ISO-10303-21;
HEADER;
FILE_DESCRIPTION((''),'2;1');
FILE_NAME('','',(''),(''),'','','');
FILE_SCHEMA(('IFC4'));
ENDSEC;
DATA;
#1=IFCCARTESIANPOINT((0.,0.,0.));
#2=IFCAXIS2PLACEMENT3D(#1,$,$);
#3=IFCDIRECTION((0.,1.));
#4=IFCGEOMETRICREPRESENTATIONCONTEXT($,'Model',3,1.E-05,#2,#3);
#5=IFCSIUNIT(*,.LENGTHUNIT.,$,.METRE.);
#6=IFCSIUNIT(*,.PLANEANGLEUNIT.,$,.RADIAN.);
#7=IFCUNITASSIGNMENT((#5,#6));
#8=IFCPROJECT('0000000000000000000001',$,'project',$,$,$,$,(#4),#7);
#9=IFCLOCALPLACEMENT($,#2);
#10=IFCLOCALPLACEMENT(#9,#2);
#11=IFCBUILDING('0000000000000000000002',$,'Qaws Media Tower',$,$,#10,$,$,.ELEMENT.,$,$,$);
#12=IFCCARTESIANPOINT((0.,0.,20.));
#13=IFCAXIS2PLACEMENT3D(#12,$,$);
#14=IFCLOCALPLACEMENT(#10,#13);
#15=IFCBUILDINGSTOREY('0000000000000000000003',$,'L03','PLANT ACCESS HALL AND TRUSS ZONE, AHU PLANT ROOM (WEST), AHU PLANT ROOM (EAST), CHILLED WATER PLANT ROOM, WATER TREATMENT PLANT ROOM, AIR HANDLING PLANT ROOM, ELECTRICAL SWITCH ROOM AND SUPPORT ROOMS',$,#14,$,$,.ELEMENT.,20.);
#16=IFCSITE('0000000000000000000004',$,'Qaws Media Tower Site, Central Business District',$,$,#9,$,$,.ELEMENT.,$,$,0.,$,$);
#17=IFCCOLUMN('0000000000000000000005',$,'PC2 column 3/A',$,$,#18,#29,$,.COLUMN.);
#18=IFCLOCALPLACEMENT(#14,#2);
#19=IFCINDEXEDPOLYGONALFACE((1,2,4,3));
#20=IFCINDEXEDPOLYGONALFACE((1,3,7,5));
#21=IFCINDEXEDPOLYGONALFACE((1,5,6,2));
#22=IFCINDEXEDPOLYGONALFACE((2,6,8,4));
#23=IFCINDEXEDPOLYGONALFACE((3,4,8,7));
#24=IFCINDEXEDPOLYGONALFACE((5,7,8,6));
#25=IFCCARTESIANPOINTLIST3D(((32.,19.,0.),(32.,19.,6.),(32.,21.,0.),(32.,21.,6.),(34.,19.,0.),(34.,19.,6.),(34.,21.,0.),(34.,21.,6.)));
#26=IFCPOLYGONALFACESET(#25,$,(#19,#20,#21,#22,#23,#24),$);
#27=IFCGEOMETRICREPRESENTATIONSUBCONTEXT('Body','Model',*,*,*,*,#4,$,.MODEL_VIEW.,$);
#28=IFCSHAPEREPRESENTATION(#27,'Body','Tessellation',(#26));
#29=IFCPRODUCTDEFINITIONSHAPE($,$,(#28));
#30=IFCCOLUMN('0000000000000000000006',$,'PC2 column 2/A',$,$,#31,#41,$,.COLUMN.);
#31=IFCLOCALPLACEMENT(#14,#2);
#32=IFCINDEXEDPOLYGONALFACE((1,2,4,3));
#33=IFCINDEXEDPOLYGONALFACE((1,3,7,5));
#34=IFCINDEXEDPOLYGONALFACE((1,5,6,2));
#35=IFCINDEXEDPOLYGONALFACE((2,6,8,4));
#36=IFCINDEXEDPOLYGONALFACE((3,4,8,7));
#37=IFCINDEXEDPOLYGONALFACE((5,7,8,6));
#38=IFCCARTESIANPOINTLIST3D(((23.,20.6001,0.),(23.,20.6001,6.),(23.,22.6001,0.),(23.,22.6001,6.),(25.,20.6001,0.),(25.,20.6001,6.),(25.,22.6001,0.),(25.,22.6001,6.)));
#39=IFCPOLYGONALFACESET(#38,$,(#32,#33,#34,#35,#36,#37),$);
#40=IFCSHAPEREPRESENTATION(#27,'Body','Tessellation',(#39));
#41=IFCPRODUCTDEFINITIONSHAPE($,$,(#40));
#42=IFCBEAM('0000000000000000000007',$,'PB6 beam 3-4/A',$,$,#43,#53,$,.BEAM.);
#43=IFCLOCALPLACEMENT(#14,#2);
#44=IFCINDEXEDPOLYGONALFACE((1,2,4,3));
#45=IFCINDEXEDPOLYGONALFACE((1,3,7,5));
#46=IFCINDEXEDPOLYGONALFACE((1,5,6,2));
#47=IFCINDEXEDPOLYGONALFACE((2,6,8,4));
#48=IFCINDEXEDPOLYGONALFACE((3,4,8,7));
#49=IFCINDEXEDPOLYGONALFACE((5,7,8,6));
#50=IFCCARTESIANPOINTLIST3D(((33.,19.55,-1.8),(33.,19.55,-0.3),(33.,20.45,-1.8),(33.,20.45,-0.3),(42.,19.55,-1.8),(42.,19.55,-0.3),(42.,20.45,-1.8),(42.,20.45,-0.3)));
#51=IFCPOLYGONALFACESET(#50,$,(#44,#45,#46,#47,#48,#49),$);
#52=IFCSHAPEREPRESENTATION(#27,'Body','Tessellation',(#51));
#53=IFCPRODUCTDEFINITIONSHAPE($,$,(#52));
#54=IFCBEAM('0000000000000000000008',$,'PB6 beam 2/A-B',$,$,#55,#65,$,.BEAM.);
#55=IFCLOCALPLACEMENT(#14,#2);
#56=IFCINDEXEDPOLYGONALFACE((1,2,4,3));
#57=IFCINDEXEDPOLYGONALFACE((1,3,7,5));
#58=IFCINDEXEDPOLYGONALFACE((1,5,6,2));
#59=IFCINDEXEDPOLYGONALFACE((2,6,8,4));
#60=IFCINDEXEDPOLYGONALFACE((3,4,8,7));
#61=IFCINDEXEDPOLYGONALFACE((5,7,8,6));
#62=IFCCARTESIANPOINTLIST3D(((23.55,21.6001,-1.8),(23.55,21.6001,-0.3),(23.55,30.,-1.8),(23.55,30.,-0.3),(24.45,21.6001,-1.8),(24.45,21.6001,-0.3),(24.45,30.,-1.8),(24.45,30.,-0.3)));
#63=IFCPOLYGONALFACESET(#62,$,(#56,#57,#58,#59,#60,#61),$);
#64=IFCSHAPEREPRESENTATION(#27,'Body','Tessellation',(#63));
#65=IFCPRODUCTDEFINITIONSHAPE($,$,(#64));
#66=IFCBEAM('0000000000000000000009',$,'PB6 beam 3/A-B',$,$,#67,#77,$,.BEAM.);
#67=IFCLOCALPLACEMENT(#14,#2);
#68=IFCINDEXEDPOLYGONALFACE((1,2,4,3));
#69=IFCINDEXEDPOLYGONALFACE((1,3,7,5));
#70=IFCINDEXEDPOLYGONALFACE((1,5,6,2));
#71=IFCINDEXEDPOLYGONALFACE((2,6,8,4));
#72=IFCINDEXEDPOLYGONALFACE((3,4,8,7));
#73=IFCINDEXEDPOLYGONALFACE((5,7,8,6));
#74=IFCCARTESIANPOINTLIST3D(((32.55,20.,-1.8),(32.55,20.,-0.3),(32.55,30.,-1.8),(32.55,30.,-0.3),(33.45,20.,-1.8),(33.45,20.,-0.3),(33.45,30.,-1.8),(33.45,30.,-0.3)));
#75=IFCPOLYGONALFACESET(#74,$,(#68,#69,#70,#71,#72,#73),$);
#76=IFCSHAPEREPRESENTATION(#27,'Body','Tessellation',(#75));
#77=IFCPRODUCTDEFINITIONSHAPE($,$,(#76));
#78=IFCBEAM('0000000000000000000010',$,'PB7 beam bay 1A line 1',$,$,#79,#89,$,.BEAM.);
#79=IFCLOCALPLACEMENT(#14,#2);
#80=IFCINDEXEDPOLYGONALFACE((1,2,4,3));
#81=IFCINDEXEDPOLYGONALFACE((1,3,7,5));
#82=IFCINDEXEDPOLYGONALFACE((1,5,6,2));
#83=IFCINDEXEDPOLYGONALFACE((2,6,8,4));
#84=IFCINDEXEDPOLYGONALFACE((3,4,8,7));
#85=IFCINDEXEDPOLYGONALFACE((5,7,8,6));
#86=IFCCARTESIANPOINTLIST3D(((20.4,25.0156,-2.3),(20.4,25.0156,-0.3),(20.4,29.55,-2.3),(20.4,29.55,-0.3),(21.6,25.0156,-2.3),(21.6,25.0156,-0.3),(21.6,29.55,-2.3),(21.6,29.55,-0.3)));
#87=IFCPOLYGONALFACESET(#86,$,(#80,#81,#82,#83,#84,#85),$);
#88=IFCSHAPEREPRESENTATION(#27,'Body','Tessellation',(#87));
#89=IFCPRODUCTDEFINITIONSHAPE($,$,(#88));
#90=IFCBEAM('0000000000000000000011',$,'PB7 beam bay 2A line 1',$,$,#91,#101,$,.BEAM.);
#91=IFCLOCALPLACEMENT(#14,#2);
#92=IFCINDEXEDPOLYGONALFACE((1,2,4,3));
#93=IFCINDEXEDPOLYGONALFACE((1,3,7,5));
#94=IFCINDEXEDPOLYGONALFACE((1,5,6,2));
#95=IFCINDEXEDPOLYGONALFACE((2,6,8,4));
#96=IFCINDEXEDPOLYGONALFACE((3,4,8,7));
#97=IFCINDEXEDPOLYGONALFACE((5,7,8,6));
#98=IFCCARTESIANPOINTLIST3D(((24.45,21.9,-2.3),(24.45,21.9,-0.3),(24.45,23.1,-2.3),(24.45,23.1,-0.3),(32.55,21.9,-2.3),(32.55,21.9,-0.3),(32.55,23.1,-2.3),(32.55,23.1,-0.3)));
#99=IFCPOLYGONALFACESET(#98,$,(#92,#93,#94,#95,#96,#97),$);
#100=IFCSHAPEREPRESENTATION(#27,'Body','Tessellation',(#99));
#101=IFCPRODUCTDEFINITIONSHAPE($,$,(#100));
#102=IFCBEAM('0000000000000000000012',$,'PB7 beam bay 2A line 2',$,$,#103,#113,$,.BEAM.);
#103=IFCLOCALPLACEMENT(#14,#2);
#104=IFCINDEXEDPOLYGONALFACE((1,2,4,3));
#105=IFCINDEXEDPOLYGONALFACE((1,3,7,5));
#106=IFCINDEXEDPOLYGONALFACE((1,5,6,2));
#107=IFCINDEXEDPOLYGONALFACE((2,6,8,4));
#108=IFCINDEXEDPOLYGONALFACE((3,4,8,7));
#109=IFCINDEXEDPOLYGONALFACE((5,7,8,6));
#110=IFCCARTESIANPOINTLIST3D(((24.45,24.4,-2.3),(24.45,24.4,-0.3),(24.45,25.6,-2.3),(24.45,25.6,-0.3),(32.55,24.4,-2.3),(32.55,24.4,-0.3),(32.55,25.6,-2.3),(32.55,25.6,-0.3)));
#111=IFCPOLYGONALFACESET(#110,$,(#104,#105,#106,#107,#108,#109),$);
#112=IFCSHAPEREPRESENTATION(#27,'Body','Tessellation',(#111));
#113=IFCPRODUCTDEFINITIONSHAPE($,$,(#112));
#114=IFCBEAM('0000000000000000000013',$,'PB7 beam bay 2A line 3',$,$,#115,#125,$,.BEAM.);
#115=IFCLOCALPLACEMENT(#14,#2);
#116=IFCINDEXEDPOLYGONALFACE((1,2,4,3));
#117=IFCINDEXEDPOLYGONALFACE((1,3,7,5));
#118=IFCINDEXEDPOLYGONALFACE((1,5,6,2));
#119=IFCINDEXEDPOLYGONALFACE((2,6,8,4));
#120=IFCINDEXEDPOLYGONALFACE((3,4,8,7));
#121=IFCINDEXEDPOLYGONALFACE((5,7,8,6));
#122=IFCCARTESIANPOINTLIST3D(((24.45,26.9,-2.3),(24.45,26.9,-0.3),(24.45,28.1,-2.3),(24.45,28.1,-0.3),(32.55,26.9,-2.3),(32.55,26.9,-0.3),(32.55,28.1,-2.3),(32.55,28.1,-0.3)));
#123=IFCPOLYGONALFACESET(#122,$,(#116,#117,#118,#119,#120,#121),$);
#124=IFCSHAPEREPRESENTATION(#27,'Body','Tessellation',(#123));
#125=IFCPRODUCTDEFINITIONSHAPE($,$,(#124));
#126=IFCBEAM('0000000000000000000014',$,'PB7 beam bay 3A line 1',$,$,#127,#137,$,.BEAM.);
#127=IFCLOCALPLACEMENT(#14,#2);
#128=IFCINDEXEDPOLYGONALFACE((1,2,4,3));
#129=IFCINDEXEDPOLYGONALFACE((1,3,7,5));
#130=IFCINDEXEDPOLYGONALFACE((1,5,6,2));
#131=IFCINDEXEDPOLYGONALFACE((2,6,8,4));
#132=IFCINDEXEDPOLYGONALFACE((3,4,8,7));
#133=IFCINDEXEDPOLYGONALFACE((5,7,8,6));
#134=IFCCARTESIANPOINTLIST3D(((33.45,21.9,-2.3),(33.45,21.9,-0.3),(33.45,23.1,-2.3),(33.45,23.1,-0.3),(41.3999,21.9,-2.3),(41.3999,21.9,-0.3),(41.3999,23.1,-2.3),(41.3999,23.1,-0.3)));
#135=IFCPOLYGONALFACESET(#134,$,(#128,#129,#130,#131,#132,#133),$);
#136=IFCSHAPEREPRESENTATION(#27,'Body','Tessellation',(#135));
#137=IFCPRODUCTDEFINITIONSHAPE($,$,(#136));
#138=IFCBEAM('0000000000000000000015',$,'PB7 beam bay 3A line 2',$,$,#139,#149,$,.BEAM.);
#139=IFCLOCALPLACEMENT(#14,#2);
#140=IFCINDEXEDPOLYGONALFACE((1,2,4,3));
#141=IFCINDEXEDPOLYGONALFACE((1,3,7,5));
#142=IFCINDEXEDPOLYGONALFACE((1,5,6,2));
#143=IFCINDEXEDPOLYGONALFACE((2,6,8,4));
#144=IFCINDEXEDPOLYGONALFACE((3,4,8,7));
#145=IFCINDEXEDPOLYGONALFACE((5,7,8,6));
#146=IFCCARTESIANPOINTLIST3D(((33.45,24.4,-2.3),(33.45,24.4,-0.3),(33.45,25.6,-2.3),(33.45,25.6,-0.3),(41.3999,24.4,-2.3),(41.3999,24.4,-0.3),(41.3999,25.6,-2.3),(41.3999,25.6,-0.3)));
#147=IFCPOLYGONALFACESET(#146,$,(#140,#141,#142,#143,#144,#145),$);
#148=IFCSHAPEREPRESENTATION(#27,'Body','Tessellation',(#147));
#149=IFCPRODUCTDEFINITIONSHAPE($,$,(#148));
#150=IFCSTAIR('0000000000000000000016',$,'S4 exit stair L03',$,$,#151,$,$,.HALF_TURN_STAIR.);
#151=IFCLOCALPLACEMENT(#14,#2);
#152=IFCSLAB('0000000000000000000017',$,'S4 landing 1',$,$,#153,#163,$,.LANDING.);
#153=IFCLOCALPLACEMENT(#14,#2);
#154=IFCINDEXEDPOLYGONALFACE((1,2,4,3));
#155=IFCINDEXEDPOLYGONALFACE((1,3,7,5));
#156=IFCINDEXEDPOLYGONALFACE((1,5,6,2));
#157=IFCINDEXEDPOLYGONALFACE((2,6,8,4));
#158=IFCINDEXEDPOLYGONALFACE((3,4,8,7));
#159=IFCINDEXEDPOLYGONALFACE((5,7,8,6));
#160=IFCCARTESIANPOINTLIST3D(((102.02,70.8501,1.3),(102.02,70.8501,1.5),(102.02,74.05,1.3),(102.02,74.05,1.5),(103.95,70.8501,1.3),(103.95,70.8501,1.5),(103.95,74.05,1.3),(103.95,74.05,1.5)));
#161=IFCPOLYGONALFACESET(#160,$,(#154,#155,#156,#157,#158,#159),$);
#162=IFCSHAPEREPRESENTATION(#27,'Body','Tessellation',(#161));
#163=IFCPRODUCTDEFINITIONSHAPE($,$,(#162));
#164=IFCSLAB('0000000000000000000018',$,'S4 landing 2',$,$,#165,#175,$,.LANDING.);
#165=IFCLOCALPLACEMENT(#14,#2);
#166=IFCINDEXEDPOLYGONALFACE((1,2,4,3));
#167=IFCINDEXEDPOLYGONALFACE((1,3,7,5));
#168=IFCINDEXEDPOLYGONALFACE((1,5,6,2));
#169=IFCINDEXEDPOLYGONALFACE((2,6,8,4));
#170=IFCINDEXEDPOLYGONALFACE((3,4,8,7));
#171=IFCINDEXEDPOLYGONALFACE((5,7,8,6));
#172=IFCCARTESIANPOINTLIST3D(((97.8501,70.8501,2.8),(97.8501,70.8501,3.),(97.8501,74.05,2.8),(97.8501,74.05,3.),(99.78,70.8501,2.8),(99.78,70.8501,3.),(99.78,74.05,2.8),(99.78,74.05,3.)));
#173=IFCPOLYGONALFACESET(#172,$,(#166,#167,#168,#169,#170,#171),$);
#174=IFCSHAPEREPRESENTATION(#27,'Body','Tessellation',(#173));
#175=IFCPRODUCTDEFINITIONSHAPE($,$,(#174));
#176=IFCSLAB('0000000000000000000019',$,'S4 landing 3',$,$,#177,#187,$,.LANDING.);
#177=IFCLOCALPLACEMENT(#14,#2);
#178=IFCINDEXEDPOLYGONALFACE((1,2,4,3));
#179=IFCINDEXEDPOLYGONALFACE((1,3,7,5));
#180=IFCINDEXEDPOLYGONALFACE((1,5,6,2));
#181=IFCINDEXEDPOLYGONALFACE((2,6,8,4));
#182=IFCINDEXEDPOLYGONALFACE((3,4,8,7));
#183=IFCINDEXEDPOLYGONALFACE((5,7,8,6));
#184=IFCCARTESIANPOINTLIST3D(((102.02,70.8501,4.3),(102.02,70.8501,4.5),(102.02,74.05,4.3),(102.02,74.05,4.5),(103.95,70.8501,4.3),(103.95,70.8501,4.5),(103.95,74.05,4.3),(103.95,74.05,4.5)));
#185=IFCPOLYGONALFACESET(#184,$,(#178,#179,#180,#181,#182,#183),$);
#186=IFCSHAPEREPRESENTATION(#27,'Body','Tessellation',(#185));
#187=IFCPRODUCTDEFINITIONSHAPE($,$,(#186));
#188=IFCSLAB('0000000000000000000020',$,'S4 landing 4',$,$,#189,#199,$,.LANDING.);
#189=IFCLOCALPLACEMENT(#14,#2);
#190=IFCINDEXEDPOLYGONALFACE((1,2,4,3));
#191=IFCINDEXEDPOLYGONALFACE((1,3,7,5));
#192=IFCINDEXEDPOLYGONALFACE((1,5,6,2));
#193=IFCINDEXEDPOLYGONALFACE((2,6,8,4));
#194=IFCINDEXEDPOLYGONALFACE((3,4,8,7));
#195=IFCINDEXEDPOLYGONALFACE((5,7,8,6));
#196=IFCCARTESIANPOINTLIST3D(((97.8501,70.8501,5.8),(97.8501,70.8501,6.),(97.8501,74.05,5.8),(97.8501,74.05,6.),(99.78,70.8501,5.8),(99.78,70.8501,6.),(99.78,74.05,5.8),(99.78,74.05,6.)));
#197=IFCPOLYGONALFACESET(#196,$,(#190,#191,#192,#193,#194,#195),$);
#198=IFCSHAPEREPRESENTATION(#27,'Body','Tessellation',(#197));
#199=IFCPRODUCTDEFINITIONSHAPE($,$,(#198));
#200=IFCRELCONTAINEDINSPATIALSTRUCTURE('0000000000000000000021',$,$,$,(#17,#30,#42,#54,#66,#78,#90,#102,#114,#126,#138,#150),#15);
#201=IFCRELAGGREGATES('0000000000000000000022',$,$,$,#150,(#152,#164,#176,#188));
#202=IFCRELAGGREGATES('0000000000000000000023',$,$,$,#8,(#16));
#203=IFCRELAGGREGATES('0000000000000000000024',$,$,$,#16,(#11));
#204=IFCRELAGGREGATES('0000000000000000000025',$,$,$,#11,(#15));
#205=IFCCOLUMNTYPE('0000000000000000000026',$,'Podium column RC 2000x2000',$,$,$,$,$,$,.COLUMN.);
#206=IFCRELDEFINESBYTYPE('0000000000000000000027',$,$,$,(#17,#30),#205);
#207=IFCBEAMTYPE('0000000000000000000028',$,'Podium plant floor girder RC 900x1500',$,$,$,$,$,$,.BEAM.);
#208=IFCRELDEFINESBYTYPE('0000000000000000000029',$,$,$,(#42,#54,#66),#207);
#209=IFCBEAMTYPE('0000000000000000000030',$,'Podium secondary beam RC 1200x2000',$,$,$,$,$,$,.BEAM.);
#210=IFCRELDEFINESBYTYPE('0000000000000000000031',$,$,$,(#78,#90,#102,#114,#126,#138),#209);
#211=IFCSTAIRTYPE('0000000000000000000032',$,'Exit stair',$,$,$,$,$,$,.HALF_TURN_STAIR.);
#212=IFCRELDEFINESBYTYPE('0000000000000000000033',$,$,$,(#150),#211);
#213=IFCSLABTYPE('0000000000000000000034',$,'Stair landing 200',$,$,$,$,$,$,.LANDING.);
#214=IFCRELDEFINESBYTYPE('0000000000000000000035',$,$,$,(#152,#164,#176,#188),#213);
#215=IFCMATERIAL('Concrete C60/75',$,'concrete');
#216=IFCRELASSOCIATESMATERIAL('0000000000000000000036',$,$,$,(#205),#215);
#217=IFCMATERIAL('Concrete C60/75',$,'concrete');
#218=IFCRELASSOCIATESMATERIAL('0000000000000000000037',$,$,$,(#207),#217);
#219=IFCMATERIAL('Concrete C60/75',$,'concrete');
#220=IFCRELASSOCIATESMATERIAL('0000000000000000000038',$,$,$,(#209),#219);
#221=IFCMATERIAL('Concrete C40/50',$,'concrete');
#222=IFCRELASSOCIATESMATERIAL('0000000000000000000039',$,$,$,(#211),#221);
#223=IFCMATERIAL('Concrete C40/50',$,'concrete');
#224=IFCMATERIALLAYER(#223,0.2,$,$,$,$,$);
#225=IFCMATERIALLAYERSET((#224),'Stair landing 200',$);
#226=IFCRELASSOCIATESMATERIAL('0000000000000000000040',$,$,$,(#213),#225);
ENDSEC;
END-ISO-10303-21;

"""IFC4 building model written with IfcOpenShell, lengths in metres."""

from ifc_helpers import new_model, si_unit, direction, frame, origin, origin_2d, place, context, subcontext, project, spatial, polyline, rectangle, outline, extrude, material, layer, layer_set, material_profile, profile_set, type_object, element, aggregate, save


model = new_model("IFC4")

# Units and contexts
model_context = context("Model", 3, precision=1e-05, world=origin(), true_north=direction((0.0, 1.0)))
body_context = subcontext(model_context, "Body", "Model", "MODEL_VIEW")
ifc_project = project(units=[si_unit("LENGTHUNIT", "METRE"), si_unit("PLANEANGLEUNIT", "RADIAN")], contexts=[model_context])

# Site, building, storey
site_placement = place(None, origin())
site = spatial("IfcSite", under=ifc_project, at=site_placement, Name="Qaws Media Tower Site, Central Business District", CompositionType="ELEMENT", RefElevation=0.0)
building_placement = place(site_placement, origin())
building = spatial("IfcBuilding", under=site, at=building_placement, Name="Qaws Media Tower", CompositionType="ELEMENT")
storey_placement = place(building_placement, frame((0.0, 0.0, 20.0)))
storey = spatial("IfcBuildingStorey", under=building, at=storey_placement, Name="L03", Description="PLANT ACCESS HALL AND TRUSS ZONE, AHU PLANT ROOM (WEST), AHU PLANT ROOM (EAST), CHILLED WATER PLANT ROOM, WATER TREATMENT PLANT ROOM, AIR HANDLING PLANT ROOM, ELECTRICAL SWITCH ROOM AND SUPPORT ROOMS", CompositionType="ELEMENT", Elevation=20.0)

# Columns
ifc_material_1 = material(Name="Concrete C60/75", Category="concrete")
ifc_material_profile_1 = material_profile(ifc_material_1, rectangle(XDim=2.0, YDim=2.0, at=origin_2d()), Name="RC 2000x2000")
ifc_profile_set_1 = profile_set([ifc_material_profile_1], Name="Concrete C60/75")
column_type = type_object("IfcColumnType", Name="Podium column RC 2000x2000", PredefinedType="COLUMN", material=ifc_profile_set_1)
for number, where, z_axis, x_axis, name in (
    (1, (33.0, 20.0, 0.0), (0.0, 0.0, 1.0), (1.0, 0.0, 0.0), "PC2 column 3/A"),
    (2, (24.0, 21.6001, 0.0), (0.0, 0.0, 1.0), (1.0, 0.0, 0.0), "PC2 column 2/A"),
):
    element("IfcColumn", number, at=place(storey_placement, frame(where, z_axis=z_axis, x_axis=x_axis)), inside=storey, type_object=column_type, Name=name, PredefinedType="COLUMN", context=body_context, shape_type="SweptSolid", body=[
        extrude(rectangle(XDim=2.0, YDim=2.0, at=origin_2d()), origin(), (0.0, 0.0, 1.0), 6.0),
    ])

# Beams
ifc_material_2 = material(Name="Concrete C60/75", Category="concrete")
ifc_material_profile_2 = material_profile(ifc_material_2, rectangle(XDim=0.8999, YDim=1.5, at=origin_2d()), Name="RC 900x1500")
ifc_profile_set_2 = profile_set([ifc_material_profile_2], Name="Concrete C60/75")
beam_type_1 = type_object("IfcBeamType", Name="Podium plant floor girder RC 900x1500", PredefinedType="BEAM", material=ifc_profile_set_2)
beam_1_placement = place(storey_placement, frame((33.0, 20.0, -1.05), z_axis=(1.0, 0.0, 0.0), x_axis=(0.0, 1.0, 0.0)))
element("IfcBeam", 3, at=beam_1_placement, inside=storey, type_object=beam_type_1, Name="PB6 beam 3-4/A", PredefinedType="BEAM", context=body_context, shape_type="SweptSolid", body=[
    extrude(rectangle(XDim=0.8999, YDim=1.5, at=origin_2d()), origin(), (0.0, 0.0, 1.0), 9.0),
])
beam_2_placement = place(storey_placement, frame((24.0, 21.6001, -1.05), z_axis=(0.0, 1.0, 0.0), x_axis=(-1.0, 0.0, 0.0)))
element("IfcBeam", 4, at=beam_2_placement, inside=storey, type_object=beam_type_1, Name="PB6 beam 2/A-B", PredefinedType="BEAM", context=body_context, shape_type="SweptSolid", body=[
    extrude(rectangle(XDim=0.8999, YDim=1.5, at=origin_2d()), origin(), (0.0, 0.0, 1.0), 8.3999),
])
beam_3_placement = place(storey_placement, frame((33.0, 20.0, -1.05), z_axis=(0.0, 1.0, 0.0), x_axis=(-1.0, 0.0, 0.0)))
element("IfcBeam", 5, at=beam_3_placement, inside=storey, type_object=beam_type_1, Name="PB6 beam 3/A-B", PredefinedType="BEAM", context=body_context, shape_type="SweptSolid", body=[
    extrude(rectangle(XDim=0.8999, YDim=1.5, at=origin_2d()), origin(), (0.0, 0.0, 1.0), 10.0),
])
ifc_material_3 = material(Name="Concrete C60/75", Category="concrete")
ifc_material_profile_3 = material_profile(ifc_material_3, rectangle(XDim=1.2, YDim=2.0, at=origin_2d()), Name="RC 1200x2000")
ifc_profile_set_3 = profile_set([ifc_material_profile_3], Name="Concrete C60/75")
beam_type_2 = type_object("IfcBeamType", Name="Podium secondary beam RC 1200x2000", PredefinedType="BEAM", material=ifc_profile_set_3)
beam_4_placement = place(storey_placement, frame((21.0, 25.0156, -1.3), z_axis=(0.0, 1.0, 0.0), x_axis=(-1.0, 0.0, 0.0)))
element("IfcBeam", 6, at=beam_4_placement, inside=storey, type_object=beam_type_2, Name="PB7 beam bay 1A line 1", PredefinedType="BEAM", context=body_context, shape_type="SweptSolid", body=[
    extrude(rectangle(XDim=1.2, YDim=2.0, at=origin_2d()), origin(), (0.0, 0.0, 1.0), 4.5344),
])
for number, where, z_axis, x_axis, name in (
    (7, (24.45, 22.5, -1.3), (1.0, 0.0, 0.0), (0.0, 1.0, 0.0), "PB7 beam bay 2A line 1"),
    (8, (24.45, 25.0, -1.3), (1.0, 0.0, 0.0), (0.0, 1.0, 0.0), "PB7 beam bay 2A line 2"),
    (9, (24.45, 27.5, -1.3), (1.0, 0.0, 0.0), (0.0, 1.0, 0.0), "PB7 beam bay 2A line 3"),
):
    element("IfcBeam", number, at=place(storey_placement, frame(where, z_axis=z_axis, x_axis=x_axis)), inside=storey, type_object=beam_type_2, Name=name, PredefinedType="BEAM", context=body_context, shape_type="SweptSolid", body=[
        extrude(rectangle(XDim=1.2, YDim=2.0, at=origin_2d()), origin(), (0.0, 0.0, 1.0), 8.1001),
    ])
for number, where, z_axis, x_axis, name in (
    (10, (33.45, 22.5, -1.3), (1.0, 0.0, 0.0), (0.0, 1.0, 0.0), "PB7 beam bay 3A line 1"),
    (11, (33.45, 25.0, -1.3), (1.0, 0.0, 0.0), (0.0, 1.0, 0.0), "PB7 beam bay 3A line 2"),
):
    element("IfcBeam", number, at=place(storey_placement, frame(where, z_axis=z_axis, x_axis=x_axis)), inside=storey, type_object=beam_type_2, Name=name, PredefinedType="BEAM", context=body_context, shape_type="SweptSolid", body=[
        extrude(rectangle(XDim=1.2, YDim=2.0, at=origin_2d()), origin(), (0.0, 0.0, 1.0), 7.95),
    ])

# Stair, slabs
ifc_material_4 = material(Name="Concrete C40/50", Category="concrete")
stair_type = type_object("IfcStairType", Name="Exit stair", PredefinedType="HALF_TURN_STAIR", material=ifc_material_4)
stair_placement = place(storey_placement, origin())
stair = element("IfcStair", 12, at=stair_placement, inside=storey, type_object=stair_type, Name="S4 exit stair L03", PredefinedType="HALF_TURN_STAIR")
ifc_material_5 = material(Name="Concrete C40/50", Category="concrete")
ifc_layer_1 = layer(ifc_material_5, 0.2)
ifc_layer_set_1 = layer_set([ifc_layer_1], Name="Stair landing 200")
slab_type = type_object("IfcSlabType", Name="Stair landing 200", PredefinedType="LANDING", material=ifc_layer_set_1)
slab_1_placement = place(storey_placement, frame((0.0, 0.0, 1.3)))
slab_1 = element("IfcSlab", 13, at=slab_1_placement, type_object=slab_type, Name="S4 landing 1", PredefinedType="LANDING", context=body_context, shape_type="SweptSolid", body=[
    extrude(outline(polyline([(102.02, 70.8501), (103.95, 70.8501), (103.95, 74.05), (102.02, 74.05), (102.02, 70.8501)])), origin(), (0.0, 0.0, 1.0), 0.2),
])
slab_2_placement = place(storey_placement, frame((0.0, 0.0, 2.8)))
slab_2 = element("IfcSlab", 14, at=slab_2_placement, type_object=slab_type, Name="S4 landing 2", PredefinedType="LANDING", context=body_context, shape_type="SweptSolid", body=[
    extrude(outline(polyline([(97.8501, 70.8501), (99.78, 70.8501), (99.78, 74.05), (97.8501, 74.05), (97.8501, 70.8501)])), origin(), (0.0, 0.0, 1.0), 0.2),
])
slab_3_placement = place(storey_placement, frame((0.0, 0.0, 4.3)))
slab_3 = element("IfcSlab", 15, at=slab_3_placement, type_object=slab_type, Name="S4 landing 3", PredefinedType="LANDING", context=body_context, shape_type="SweptSolid", body=[
    extrude(outline(polyline([(102.02, 70.8501), (103.95, 70.8501), (103.95, 74.05), (102.02, 74.05), (102.02, 70.8501)])), origin(), (0.0, 0.0, 1.0), 0.2),
])
slab_4_placement = place(storey_placement, frame((0.0, 0.0, 5.8)))
slab_4 = element("IfcSlab", 16, at=slab_4_placement, type_object=slab_type, Name="S4 landing 4", PredefinedType="LANDING", context=body_context, shape_type="SweptSolid", body=[
    extrude(outline(polyline([(97.8501, 70.8501), (99.78, 70.8501), (99.78, 74.05), (97.8501, 74.05), (97.8501, 70.8501)])), origin(), (0.0, 0.0, 1.0), 0.2),
])
aggregate(stair, [slab_1, slab_2, slab_3, slab_4])

save(model, "model.ifc")
